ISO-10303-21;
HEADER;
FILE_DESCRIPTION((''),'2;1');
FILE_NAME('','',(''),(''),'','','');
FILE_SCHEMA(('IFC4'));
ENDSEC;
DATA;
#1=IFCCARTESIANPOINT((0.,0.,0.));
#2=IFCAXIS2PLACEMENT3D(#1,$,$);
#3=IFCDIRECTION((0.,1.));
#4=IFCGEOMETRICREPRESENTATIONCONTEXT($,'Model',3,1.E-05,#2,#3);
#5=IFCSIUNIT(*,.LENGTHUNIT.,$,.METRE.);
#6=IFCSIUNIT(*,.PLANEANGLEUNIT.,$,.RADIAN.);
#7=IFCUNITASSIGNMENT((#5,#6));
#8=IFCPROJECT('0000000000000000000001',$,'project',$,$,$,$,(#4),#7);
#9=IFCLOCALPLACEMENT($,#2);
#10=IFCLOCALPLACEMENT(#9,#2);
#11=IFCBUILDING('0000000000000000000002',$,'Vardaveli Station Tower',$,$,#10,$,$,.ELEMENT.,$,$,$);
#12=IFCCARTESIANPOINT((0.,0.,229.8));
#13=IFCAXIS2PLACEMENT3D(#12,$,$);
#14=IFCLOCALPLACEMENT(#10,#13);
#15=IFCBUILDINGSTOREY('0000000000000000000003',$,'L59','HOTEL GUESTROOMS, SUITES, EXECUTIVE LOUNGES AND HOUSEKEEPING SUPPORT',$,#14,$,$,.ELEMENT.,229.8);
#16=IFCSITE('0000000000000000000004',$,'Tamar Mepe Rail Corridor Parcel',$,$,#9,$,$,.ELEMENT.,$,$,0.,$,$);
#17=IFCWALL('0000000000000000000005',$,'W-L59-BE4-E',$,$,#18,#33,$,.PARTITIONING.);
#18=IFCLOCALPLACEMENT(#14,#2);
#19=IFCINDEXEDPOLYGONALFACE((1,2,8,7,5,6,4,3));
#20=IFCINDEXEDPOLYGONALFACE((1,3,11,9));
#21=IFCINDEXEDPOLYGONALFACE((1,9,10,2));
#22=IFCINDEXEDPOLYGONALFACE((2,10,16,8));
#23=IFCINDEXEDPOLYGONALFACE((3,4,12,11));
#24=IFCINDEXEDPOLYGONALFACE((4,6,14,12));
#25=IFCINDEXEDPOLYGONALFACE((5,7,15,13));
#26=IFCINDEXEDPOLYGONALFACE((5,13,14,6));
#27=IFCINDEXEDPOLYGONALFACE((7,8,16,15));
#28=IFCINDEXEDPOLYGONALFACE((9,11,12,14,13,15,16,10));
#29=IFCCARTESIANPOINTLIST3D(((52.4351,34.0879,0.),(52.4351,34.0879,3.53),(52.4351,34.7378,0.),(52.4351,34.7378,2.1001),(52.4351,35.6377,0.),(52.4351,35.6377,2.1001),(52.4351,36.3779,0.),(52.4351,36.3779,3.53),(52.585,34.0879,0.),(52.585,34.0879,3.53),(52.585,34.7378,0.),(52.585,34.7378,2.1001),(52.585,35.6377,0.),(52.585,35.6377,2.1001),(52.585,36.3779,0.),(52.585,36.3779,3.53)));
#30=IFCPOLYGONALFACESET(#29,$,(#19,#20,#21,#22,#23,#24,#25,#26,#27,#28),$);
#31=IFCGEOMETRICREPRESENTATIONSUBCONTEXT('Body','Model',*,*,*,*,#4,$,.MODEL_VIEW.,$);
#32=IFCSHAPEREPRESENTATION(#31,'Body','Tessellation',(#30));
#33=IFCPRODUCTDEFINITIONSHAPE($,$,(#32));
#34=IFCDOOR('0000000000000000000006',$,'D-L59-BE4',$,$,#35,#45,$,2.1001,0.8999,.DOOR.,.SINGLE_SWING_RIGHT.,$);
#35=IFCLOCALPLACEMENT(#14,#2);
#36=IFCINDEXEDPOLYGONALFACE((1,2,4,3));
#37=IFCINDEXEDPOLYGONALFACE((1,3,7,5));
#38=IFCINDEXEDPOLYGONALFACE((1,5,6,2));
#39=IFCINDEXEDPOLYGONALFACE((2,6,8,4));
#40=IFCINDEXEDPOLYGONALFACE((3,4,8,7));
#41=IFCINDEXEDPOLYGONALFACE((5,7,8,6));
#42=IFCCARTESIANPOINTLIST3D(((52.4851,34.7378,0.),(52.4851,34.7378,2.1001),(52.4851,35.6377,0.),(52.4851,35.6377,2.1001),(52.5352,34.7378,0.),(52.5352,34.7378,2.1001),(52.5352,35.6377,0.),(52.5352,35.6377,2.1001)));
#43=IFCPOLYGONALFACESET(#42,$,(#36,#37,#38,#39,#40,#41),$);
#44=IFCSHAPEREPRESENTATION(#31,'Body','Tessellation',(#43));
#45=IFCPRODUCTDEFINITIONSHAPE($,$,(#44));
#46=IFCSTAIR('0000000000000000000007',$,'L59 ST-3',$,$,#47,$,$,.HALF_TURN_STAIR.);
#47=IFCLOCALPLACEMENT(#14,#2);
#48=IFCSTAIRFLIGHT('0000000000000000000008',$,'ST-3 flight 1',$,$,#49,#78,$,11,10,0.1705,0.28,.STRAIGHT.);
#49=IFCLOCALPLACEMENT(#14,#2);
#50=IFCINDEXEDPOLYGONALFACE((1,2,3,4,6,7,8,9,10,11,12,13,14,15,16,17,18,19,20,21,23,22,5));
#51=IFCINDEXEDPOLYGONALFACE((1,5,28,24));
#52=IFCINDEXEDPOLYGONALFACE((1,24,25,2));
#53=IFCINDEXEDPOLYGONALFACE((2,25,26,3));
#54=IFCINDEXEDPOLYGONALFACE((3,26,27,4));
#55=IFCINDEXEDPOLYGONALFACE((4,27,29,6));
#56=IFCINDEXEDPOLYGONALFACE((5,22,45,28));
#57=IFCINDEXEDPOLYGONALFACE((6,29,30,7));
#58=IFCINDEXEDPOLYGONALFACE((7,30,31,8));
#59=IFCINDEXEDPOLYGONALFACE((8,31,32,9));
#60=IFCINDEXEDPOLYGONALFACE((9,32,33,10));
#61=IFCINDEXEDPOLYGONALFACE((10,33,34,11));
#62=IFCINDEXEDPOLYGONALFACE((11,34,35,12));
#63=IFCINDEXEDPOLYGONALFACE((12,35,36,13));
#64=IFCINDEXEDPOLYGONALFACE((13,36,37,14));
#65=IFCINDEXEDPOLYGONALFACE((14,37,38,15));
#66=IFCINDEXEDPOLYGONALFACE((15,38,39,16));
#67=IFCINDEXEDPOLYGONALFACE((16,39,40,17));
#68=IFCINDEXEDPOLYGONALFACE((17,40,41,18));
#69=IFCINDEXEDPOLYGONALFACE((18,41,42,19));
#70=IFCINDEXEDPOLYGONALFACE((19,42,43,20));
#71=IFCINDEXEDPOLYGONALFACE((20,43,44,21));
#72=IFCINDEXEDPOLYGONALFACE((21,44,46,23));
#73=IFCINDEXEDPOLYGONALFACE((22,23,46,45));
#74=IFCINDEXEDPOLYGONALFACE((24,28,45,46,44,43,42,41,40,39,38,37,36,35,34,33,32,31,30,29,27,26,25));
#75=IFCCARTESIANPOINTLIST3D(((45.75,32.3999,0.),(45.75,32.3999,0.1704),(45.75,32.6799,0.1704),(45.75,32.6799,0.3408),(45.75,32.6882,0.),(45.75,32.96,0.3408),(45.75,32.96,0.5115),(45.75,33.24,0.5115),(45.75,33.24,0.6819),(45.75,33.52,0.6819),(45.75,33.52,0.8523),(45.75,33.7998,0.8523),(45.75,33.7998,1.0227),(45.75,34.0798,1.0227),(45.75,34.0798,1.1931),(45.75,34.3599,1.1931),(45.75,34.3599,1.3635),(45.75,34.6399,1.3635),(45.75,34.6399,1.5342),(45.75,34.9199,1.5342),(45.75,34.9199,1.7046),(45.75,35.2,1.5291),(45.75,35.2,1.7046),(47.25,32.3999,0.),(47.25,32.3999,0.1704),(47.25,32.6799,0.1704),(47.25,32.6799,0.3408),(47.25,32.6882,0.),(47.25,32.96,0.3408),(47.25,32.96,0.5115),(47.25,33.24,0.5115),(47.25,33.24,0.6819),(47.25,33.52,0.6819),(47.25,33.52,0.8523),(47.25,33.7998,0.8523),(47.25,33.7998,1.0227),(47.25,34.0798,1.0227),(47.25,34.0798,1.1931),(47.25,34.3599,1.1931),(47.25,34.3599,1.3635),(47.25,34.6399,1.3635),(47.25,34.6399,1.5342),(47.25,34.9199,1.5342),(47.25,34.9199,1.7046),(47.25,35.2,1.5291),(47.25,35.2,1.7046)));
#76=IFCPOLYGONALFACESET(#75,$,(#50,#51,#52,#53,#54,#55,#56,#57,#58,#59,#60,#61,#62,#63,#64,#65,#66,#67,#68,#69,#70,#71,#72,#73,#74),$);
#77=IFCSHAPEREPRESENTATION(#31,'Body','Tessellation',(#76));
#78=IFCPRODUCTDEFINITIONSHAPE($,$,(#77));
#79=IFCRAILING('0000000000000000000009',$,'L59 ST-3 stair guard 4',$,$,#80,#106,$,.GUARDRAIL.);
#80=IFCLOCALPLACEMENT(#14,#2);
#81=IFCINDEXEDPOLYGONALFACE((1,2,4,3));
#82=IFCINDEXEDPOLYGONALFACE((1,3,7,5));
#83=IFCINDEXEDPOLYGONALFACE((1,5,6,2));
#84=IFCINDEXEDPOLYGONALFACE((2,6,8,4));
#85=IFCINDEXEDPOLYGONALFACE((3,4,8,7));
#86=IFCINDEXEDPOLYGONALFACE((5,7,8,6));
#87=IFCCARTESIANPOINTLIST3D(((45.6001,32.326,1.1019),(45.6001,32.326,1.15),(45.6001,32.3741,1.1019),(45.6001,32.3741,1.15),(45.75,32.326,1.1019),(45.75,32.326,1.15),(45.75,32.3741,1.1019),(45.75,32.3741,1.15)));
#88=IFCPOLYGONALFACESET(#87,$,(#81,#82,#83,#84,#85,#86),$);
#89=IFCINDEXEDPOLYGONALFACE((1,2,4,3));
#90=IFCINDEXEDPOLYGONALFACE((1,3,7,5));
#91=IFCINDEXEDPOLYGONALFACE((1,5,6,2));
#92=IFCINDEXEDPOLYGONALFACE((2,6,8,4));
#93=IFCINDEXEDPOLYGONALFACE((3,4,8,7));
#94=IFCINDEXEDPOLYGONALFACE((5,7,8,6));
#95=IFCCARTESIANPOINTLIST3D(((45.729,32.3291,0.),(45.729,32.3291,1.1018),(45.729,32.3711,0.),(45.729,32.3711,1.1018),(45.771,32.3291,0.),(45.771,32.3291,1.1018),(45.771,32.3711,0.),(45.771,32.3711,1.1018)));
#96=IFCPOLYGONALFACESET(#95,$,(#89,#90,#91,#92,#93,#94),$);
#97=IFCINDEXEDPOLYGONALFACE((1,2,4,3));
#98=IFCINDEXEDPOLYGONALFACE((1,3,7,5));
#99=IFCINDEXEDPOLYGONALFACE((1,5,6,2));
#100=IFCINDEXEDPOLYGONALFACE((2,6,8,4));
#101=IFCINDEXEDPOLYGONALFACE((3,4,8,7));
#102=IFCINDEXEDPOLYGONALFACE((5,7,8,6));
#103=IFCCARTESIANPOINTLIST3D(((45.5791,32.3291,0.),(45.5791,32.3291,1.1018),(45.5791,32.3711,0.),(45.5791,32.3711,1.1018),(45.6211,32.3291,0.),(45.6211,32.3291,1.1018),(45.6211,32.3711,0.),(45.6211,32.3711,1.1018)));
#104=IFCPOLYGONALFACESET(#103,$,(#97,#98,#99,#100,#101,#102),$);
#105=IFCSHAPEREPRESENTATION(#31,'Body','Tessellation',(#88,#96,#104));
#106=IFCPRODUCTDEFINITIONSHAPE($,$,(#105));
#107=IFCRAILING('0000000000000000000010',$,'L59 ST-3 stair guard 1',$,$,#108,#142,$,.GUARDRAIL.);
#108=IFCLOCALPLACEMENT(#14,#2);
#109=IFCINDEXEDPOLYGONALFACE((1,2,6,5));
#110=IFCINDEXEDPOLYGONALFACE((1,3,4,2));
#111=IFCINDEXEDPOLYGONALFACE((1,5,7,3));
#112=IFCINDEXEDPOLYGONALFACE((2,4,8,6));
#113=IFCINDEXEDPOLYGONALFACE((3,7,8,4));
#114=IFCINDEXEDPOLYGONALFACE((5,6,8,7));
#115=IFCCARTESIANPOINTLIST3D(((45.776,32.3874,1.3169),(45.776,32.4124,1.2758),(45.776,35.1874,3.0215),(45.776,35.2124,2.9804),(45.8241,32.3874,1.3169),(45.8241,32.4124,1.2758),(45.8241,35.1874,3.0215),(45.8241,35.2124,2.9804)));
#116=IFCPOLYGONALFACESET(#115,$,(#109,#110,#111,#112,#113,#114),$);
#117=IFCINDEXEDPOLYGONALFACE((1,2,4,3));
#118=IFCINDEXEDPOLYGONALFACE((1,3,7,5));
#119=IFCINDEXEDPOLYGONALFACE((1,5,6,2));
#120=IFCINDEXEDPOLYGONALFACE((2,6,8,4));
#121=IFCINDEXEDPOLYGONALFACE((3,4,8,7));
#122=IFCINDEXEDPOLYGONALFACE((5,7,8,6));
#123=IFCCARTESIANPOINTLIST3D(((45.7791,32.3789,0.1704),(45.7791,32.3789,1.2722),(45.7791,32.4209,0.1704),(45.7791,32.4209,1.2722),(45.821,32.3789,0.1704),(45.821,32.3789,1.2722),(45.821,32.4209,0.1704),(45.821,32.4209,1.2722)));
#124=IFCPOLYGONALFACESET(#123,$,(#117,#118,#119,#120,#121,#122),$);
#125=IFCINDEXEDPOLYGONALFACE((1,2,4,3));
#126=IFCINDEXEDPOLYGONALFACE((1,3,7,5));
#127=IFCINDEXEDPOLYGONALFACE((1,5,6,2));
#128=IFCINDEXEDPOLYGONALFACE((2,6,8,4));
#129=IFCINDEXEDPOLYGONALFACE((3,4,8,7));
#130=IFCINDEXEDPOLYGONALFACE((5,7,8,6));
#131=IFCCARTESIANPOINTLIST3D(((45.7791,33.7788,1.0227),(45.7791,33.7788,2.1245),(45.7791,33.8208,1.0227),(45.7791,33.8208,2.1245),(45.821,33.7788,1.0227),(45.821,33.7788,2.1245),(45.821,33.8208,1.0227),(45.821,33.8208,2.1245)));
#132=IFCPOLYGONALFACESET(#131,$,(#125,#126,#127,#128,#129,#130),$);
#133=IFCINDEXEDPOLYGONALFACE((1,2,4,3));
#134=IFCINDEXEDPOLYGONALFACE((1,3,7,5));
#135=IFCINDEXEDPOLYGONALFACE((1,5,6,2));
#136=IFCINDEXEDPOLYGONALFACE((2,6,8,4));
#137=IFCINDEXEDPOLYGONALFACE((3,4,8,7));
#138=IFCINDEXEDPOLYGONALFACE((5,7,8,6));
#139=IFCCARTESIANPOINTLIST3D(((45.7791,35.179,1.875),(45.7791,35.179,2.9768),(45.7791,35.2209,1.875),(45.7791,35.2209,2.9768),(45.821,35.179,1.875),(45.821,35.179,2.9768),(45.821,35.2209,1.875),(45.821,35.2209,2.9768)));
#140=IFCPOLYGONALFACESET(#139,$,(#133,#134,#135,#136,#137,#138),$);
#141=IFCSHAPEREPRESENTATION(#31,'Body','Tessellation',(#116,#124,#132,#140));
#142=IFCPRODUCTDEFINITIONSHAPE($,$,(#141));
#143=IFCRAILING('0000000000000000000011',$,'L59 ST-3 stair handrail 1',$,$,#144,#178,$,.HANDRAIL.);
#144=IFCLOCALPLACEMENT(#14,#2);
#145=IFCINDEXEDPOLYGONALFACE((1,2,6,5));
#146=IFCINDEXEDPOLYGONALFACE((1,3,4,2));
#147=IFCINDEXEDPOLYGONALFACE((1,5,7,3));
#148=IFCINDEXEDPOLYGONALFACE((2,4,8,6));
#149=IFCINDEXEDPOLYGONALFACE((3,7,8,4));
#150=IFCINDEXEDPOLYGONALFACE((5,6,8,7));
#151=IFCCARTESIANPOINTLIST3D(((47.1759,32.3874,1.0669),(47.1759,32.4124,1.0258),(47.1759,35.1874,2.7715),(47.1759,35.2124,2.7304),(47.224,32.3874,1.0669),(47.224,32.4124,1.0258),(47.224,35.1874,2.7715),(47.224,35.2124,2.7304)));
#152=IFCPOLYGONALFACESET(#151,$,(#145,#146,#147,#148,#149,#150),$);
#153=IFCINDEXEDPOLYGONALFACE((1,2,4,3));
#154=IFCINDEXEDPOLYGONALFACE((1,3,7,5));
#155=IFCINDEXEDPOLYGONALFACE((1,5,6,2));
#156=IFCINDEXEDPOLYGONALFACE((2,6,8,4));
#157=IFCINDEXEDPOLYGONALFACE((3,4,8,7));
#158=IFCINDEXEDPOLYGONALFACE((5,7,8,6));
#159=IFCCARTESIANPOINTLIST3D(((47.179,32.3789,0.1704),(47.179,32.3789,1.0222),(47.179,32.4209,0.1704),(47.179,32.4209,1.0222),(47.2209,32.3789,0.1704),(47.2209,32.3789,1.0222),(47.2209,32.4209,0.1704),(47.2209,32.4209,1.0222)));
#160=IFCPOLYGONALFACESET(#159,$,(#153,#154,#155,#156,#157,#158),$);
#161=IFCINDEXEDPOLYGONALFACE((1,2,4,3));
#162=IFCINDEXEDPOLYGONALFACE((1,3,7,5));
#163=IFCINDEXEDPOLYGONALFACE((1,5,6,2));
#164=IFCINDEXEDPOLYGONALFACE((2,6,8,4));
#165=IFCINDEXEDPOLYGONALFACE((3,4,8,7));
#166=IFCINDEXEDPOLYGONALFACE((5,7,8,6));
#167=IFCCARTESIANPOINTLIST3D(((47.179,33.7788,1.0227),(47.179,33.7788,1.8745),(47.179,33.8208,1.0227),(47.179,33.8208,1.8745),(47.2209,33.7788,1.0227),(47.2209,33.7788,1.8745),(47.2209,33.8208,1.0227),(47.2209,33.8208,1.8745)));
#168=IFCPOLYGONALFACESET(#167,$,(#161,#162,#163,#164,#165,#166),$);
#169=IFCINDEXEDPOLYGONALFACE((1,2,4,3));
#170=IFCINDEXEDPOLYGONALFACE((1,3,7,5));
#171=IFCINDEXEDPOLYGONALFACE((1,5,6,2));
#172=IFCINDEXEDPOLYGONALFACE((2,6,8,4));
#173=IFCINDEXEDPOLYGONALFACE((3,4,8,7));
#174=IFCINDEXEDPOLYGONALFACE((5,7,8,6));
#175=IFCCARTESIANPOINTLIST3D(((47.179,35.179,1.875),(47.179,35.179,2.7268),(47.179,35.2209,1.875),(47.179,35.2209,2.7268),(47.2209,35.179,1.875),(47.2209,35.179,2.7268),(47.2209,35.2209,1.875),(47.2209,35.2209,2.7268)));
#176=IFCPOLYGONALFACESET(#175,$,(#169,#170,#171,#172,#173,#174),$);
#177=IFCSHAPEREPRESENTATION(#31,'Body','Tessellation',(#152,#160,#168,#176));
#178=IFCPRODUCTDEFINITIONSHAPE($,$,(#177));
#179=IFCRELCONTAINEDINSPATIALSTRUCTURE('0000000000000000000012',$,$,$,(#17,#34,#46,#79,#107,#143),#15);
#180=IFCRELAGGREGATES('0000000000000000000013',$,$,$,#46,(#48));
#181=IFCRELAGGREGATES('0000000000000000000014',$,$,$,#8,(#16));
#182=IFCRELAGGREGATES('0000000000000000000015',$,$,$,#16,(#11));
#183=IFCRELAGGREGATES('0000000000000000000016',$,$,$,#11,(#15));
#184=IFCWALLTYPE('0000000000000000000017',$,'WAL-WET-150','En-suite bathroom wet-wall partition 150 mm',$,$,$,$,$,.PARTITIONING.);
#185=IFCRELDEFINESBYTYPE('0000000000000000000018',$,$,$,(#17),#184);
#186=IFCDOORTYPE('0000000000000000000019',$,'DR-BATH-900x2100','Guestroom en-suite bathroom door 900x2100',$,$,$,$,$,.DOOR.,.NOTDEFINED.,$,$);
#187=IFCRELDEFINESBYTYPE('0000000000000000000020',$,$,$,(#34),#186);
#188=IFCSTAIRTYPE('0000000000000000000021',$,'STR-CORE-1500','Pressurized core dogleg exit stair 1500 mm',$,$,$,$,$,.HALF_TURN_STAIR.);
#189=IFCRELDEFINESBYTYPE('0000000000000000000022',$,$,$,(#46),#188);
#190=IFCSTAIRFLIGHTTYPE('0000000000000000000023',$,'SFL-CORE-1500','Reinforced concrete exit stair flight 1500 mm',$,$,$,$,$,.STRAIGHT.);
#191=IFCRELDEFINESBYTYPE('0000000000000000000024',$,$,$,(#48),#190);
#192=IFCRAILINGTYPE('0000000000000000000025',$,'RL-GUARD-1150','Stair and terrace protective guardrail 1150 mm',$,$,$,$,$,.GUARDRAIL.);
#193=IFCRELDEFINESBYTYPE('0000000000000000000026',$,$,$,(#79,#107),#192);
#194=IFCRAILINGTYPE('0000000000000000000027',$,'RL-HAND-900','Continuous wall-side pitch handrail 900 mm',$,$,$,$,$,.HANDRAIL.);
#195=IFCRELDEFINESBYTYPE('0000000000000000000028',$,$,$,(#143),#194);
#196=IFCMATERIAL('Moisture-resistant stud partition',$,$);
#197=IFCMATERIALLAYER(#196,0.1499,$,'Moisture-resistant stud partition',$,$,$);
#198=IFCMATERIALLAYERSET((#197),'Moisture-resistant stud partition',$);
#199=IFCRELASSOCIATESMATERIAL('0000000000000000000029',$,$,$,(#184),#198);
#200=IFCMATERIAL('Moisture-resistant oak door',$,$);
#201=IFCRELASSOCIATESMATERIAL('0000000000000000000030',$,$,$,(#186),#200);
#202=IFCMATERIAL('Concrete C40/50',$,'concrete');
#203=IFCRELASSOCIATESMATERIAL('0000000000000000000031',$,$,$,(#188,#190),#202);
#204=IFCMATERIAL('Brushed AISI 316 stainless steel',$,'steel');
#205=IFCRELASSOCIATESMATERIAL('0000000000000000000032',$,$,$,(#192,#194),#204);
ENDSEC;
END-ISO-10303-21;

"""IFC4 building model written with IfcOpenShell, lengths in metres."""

from ifc_helpers import new_model, si_unit, direction, frame, frame_2d, origin, origin_2d, place, context, subcontext, project, spatial, polyline, rectangle, outline, extrude, source, transform, mapped, material, layer, layer_set, type_object, element, fill, aggregate, save


model = new_model("IFC4")

# Units and contexts
model_context = context("Model", 3, precision=1e-05, world=origin(), true_north=direction((0.0, 1.0)))
body_context = subcontext(model_context, "Body", "Model", "MODEL_VIEW")
ifc_project = project(units=[si_unit("LENGTHUNIT", "METRE"), si_unit("PLANEANGLEUNIT", "RADIAN")], contexts=[model_context])

# Site, building, storey
site_placement = place(None, origin())
site = spatial("IfcSite", under=ifc_project, at=site_placement, Name="Tamar Mepe Rail Corridor Parcel", CompositionType="ELEMENT", RefElevation=0.0)
building_placement = place(site_placement, origin())
building = spatial("IfcBuilding", under=site, at=building_placement, Name="Vardaveli Station Tower", CompositionType="ELEMENT")
storey_placement = place(building_placement, frame((0.0, 0.0, 229.8)))
storey = spatial("IfcBuildingStorey", under=building, at=storey_placement, Name="L59", Description="HOTEL GUESTROOMS, SUITES, EXECUTIVE LOUNGES AND HOUSEKEEPING SUPPORT", CompositionType="ELEMENT", Elevation=229.8)

# Shared definitions
ifc_material_1 = material(Name="Concrete C40/50", Category="concrete")

# Shared definitions
ifc_material_2 = material(Name="Moisture-resistant stud partition")
ifc_layer_1 = layer(ifc_material_2, 0.1499, Name="Moisture-resistant stud partition")
ifc_layer_set_1 = layer_set([ifc_layer_1], Name="Moisture-resistant stud partition")
wall_type_1 = type_object("IfcWallType", Name="WAL-WET-150", Description="En-suite bathroom wet-wall partition 150 mm", PredefinedType="PARTITIONING", material=ifc_layer_set_1)
shared_shape_1 = source(origin(), body_context, "Body", "SweptSolid", [
    extrude(rectangle(XDim=0.8999, YDim=2.1001, at=frame_2d((0.45, 1.05))), frame((0.0, 0.085, 0.0), z_axis=(0.0, -1.0, 0.0), x_axis=(1.0, 0.0, 0.0)), (0.0, 0.0, 1.0), 0.1699),
])
ifc_material_3 = material(Name="Moisture-resistant oak door")
door_type = type_object("IfcDoorType", Name="DR-BATH-900x2100", Description="Guestroom en-suite bathroom door 900x2100", OperationType="NOTDEFINED", PredefinedType="DOOR", material=ifc_material_3)
shared_shape_2 = source(origin(), body_context, "Body", "SweptSolid", [
    extrude(rectangle(XDim=0.8999, YDim=2.1001, at=frame_2d((0.45, 1.05))), frame((0.0, 0.0249, 0.0), z_axis=(0.0, -1.0, 0.0), x_axis=(1.0, 0.0, 0.0)), (0.0, 0.0, 1.0), 0.05),
])

# Wall, opening, door
shared_shape_3 = source(origin(), body_context, "Body", "SweptSolid", [
    extrude(rectangle(XDim=2.29, YDim=0.1499, at=frame_2d((1.145, 0.0))), origin(), (0.0, 0.0, 1.0), 3.53),
])
wall_1_placement = place(storey_placement, frame((52.51, 34.0879, 0.0), z_axis=(0.0, 0.0, 1.0), x_axis=(0.0, 1.0, 0.0)))
wall_1 = element("IfcWall", 1, at=wall_1_placement, inside=storey, type_object=wall_type_1, Name="W-L59-BE4-E", PredefinedType="PARTITIONING", context=body_context, shape_type="MappedRepresentation", body=[
    mapped(shared_shape_3, transform((0.0, 0.0, 0.0), scale=1.0)),
])
opening_1_placement = place(wall_1_placement, frame((0.6499, 0.0, 0.0)))
opening_1 = element("IfcOpeningElement", 2, at=opening_1_placement, cuts=wall_1, PredefinedType="OPENING", context=body_context, shape_type="MappedRepresentation", body=[
    mapped(shared_shape_1, transform((0.0, 0.0, 0.0), scale=1.0)),
])
door_1_placement = place(opening_1_placement, origin())
door_1 = element("IfcDoor", 3, at=door_1_placement, inside=storey, type_object=door_type, Name="D-L59-BE4", OperationType="SINGLE_SWING_RIGHT", OverallHeight=2.1001, OverallWidth=0.8999, PredefinedType="DOOR", context=body_context, shape_type="MappedRepresentation", body=[
    mapped(shared_shape_2, transform((0.0, 0.0, 0.0), scale=1.0)),
])
fill(opening_1, door_1)

# Stair, stair flight
stair_type = type_object("IfcStairType", Name="STR-CORE-1500", Description="Pressurized core dogleg exit stair 1500 mm", PredefinedType="HALF_TURN_STAIR", material=ifc_material_1)
stair_placement = place(storey_placement, origin())
stair = element("IfcStair", 4, at=stair_placement, inside=storey, type_object=stair_type, Name="L59 ST-3", PredefinedType="HALF_TURN_STAIR")
stair_flight_type = type_object("IfcStairFlightType", Name="SFL-CORE-1500", Description="Reinforced concrete exit stair flight 1500 mm", PredefinedType="STRAIGHT", material=ifc_material_1)
shared_shape_4 = source(origin(), body_context, "Body", "SweptSolid", [
    extrude(outline(polyline([(0.0, 0.0), (0.0, 0.1704), (0.28, 0.1704), (0.28, 0.3408), (0.5601, 0.3408), (0.5601, 0.5115), (0.8401, 0.5115), (0.8401, 0.6819), (1.1201, 0.6819), (1.1201, 0.8523), (1.3999, 0.8523), (1.3999, 1.0227), (1.6799, 1.0227), (1.6799, 1.1931), (1.96, 1.1931), (1.96, 1.3635), (2.24, 1.3635), (2.24, 1.5342), (2.52, 1.5342), (2.52, 1.7046), (2.8, 1.7046), (2.8, 1.875), (2.8, 1.5291), (0.2883, 0.0), (0.0, 0.0)])), frame((0.0, 0.75, 0.0), z_axis=(0.0, -1.0, 0.0), x_axis=(1.0, 0.0, 0.0)), (0.0, 0.0, 1.0), 1.5),
])
stair_flight_placement = place(storey_placement, frame((46.5, 32.3999, 0.0), z_axis=(0.0, 0.0, 1.0), x_axis=(0.0, 1.0, 0.0)))
stair_flight = element("IfcStairFlight", 5, at=stair_flight_placement, type_object=stair_flight_type, Name="ST-3 flight 1", NumberOfRisers=11, NumberOfTreads=10, PredefinedType="STRAIGHT", RiserHeight=0.1705, TreadLength=0.28, context=body_context, shape_type="MappedRepresentation", body=[
    mapped(shared_shape_4, transform((0.0, 0.0, 0.0), scale=1.0)),
])
aggregate(stair, [stair_flight])

# Railings
ifc_material_4 = material(Name="Brushed AISI 316 stainless steel", Category="steel")
railing_type_1 = type_object("IfcRailingType", Name="RL-GUARD-1150", Description="Stair and terrace protective guardrail 1150 mm", PredefinedType="GUARDRAIL", material=ifc_material_4)
shared_shape_5 = source(origin(), body_context, "Body", "SweptSolid", [
    extrude(rectangle(XDim=0.0481, YDim=0.0481, at=origin_2d()), frame((0.0, 0.0, 1.126), z_axis=(-1.0, 0.0, 0.0), x_axis=(0.0, -1.0, 0.0)), (0.0, 0.0, 1.0), 0.1499),
    extrude(rectangle(XDim=0.042, YDim=0.042, at=origin_2d()), origin(), (0.0, 0.0, 1.0), 1.1018),
    extrude(rectangle(XDim=0.042, YDim=0.042, at=origin_2d()), frame((-0.1499, 0.0, 0.0)), (0.0, 0.0, 1.0), 1.1018),
])
railing_1_placement = place(storey_placement, frame((45.75, 32.3501, 0.0)))
element("IfcRailing", 6, at=railing_1_placement, inside=storey, type_object=railing_type_1, Name="L59 ST-3 stair guard 4", PredefinedType="GUARDRAIL", context=body_context, shape_type="MappedRepresentation", body=[
    mapped(shared_shape_5, transform((0.0, 0.0, 0.0), scale=1.0)),
])
shared_shape_6 = source(origin(), body_context, "Body", "SweptSolid", [
    extrude(rectangle(XDim=0.0481, YDim=0.0481, at=origin_2d()), frame((0.0, 0.0, 1.126), z_axis=(0.0, 0.85417, 0.519994), x_axis=(-1.0, 0.0, 0.0)), (0.0, 0.0, 1.0), 3.2781),
    extrude(rectangle(XDim=0.042, YDim=0.042, at=origin_2d()), origin(), (0.0, 0.0, 1.0), 1.1018),
    extrude(rectangle(XDim=0.042, YDim=0.042, at=origin_2d()), frame((0.0, 1.3999, 0.8523)), (0.0, 0.0, 1.0), 1.1018),
    extrude(rectangle(XDim=0.042, YDim=0.042, at=origin_2d()), frame((0.0, 2.8, 1.7046)), (0.0, 0.0, 1.0), 1.1018),
])
railing_2_placement = place(storey_placement, frame((45.8, 32.3999, 0.1704)))
element("IfcRailing", 7, at=railing_2_placement, inside=storey, type_object=railing_type_1, Name="L59 ST-3 stair guard 1", PredefinedType="GUARDRAIL", context=body_context, shape_type="MappedRepresentation", body=[
    mapped(shared_shape_6, transform((0.0, 0.0, 0.0), scale=1.0)),
])
railing_type_2 = type_object("IfcRailingType", Name="RL-HAND-900", Description="Continuous wall-side pitch handrail 900 mm", PredefinedType="HANDRAIL", material=ifc_material_4)
shared_shape_7 = source(origin(), body_context, "Body", "SweptSolid", [
    extrude(rectangle(XDim=0.0481, YDim=0.0481, at=origin_2d()), frame((0.0, 0.0, 0.876), z_axis=(0.0, 0.85417, 0.519994), x_axis=(-1.0, 0.0, 0.0)), (0.0, 0.0, 1.0), 3.2781),
    extrude(rectangle(XDim=0.042, YDim=0.042, at=origin_2d()), origin(), (0.0, 0.0, 1.0), 0.8518),
    extrude(rectangle(XDim=0.042, YDim=0.042, at=origin_2d()), frame((0.0, 1.3999, 0.8523)), (0.0, 0.0, 1.0), 0.8518),
    extrude(rectangle(XDim=0.042, YDim=0.042, at=origin_2d()), frame((0.0, 2.8, 1.7046)), (0.0, 0.0, 1.0), 0.8518),
])
railing_3_placement = place(storey_placement, frame((47.2, 32.3999, 0.1704)))
element("IfcRailing", 8, at=railing_3_placement, inside=storey, type_object=railing_type_2, Name="L59 ST-3 stair handrail 1", PredefinedType="HANDRAIL", context=body_context, shape_type="MappedRepresentation", body=[
    mapped(shared_shape_7, transform((0.0, 0.0, 0.0), scale=1.0)),
])

save(model, "model.ifc")
